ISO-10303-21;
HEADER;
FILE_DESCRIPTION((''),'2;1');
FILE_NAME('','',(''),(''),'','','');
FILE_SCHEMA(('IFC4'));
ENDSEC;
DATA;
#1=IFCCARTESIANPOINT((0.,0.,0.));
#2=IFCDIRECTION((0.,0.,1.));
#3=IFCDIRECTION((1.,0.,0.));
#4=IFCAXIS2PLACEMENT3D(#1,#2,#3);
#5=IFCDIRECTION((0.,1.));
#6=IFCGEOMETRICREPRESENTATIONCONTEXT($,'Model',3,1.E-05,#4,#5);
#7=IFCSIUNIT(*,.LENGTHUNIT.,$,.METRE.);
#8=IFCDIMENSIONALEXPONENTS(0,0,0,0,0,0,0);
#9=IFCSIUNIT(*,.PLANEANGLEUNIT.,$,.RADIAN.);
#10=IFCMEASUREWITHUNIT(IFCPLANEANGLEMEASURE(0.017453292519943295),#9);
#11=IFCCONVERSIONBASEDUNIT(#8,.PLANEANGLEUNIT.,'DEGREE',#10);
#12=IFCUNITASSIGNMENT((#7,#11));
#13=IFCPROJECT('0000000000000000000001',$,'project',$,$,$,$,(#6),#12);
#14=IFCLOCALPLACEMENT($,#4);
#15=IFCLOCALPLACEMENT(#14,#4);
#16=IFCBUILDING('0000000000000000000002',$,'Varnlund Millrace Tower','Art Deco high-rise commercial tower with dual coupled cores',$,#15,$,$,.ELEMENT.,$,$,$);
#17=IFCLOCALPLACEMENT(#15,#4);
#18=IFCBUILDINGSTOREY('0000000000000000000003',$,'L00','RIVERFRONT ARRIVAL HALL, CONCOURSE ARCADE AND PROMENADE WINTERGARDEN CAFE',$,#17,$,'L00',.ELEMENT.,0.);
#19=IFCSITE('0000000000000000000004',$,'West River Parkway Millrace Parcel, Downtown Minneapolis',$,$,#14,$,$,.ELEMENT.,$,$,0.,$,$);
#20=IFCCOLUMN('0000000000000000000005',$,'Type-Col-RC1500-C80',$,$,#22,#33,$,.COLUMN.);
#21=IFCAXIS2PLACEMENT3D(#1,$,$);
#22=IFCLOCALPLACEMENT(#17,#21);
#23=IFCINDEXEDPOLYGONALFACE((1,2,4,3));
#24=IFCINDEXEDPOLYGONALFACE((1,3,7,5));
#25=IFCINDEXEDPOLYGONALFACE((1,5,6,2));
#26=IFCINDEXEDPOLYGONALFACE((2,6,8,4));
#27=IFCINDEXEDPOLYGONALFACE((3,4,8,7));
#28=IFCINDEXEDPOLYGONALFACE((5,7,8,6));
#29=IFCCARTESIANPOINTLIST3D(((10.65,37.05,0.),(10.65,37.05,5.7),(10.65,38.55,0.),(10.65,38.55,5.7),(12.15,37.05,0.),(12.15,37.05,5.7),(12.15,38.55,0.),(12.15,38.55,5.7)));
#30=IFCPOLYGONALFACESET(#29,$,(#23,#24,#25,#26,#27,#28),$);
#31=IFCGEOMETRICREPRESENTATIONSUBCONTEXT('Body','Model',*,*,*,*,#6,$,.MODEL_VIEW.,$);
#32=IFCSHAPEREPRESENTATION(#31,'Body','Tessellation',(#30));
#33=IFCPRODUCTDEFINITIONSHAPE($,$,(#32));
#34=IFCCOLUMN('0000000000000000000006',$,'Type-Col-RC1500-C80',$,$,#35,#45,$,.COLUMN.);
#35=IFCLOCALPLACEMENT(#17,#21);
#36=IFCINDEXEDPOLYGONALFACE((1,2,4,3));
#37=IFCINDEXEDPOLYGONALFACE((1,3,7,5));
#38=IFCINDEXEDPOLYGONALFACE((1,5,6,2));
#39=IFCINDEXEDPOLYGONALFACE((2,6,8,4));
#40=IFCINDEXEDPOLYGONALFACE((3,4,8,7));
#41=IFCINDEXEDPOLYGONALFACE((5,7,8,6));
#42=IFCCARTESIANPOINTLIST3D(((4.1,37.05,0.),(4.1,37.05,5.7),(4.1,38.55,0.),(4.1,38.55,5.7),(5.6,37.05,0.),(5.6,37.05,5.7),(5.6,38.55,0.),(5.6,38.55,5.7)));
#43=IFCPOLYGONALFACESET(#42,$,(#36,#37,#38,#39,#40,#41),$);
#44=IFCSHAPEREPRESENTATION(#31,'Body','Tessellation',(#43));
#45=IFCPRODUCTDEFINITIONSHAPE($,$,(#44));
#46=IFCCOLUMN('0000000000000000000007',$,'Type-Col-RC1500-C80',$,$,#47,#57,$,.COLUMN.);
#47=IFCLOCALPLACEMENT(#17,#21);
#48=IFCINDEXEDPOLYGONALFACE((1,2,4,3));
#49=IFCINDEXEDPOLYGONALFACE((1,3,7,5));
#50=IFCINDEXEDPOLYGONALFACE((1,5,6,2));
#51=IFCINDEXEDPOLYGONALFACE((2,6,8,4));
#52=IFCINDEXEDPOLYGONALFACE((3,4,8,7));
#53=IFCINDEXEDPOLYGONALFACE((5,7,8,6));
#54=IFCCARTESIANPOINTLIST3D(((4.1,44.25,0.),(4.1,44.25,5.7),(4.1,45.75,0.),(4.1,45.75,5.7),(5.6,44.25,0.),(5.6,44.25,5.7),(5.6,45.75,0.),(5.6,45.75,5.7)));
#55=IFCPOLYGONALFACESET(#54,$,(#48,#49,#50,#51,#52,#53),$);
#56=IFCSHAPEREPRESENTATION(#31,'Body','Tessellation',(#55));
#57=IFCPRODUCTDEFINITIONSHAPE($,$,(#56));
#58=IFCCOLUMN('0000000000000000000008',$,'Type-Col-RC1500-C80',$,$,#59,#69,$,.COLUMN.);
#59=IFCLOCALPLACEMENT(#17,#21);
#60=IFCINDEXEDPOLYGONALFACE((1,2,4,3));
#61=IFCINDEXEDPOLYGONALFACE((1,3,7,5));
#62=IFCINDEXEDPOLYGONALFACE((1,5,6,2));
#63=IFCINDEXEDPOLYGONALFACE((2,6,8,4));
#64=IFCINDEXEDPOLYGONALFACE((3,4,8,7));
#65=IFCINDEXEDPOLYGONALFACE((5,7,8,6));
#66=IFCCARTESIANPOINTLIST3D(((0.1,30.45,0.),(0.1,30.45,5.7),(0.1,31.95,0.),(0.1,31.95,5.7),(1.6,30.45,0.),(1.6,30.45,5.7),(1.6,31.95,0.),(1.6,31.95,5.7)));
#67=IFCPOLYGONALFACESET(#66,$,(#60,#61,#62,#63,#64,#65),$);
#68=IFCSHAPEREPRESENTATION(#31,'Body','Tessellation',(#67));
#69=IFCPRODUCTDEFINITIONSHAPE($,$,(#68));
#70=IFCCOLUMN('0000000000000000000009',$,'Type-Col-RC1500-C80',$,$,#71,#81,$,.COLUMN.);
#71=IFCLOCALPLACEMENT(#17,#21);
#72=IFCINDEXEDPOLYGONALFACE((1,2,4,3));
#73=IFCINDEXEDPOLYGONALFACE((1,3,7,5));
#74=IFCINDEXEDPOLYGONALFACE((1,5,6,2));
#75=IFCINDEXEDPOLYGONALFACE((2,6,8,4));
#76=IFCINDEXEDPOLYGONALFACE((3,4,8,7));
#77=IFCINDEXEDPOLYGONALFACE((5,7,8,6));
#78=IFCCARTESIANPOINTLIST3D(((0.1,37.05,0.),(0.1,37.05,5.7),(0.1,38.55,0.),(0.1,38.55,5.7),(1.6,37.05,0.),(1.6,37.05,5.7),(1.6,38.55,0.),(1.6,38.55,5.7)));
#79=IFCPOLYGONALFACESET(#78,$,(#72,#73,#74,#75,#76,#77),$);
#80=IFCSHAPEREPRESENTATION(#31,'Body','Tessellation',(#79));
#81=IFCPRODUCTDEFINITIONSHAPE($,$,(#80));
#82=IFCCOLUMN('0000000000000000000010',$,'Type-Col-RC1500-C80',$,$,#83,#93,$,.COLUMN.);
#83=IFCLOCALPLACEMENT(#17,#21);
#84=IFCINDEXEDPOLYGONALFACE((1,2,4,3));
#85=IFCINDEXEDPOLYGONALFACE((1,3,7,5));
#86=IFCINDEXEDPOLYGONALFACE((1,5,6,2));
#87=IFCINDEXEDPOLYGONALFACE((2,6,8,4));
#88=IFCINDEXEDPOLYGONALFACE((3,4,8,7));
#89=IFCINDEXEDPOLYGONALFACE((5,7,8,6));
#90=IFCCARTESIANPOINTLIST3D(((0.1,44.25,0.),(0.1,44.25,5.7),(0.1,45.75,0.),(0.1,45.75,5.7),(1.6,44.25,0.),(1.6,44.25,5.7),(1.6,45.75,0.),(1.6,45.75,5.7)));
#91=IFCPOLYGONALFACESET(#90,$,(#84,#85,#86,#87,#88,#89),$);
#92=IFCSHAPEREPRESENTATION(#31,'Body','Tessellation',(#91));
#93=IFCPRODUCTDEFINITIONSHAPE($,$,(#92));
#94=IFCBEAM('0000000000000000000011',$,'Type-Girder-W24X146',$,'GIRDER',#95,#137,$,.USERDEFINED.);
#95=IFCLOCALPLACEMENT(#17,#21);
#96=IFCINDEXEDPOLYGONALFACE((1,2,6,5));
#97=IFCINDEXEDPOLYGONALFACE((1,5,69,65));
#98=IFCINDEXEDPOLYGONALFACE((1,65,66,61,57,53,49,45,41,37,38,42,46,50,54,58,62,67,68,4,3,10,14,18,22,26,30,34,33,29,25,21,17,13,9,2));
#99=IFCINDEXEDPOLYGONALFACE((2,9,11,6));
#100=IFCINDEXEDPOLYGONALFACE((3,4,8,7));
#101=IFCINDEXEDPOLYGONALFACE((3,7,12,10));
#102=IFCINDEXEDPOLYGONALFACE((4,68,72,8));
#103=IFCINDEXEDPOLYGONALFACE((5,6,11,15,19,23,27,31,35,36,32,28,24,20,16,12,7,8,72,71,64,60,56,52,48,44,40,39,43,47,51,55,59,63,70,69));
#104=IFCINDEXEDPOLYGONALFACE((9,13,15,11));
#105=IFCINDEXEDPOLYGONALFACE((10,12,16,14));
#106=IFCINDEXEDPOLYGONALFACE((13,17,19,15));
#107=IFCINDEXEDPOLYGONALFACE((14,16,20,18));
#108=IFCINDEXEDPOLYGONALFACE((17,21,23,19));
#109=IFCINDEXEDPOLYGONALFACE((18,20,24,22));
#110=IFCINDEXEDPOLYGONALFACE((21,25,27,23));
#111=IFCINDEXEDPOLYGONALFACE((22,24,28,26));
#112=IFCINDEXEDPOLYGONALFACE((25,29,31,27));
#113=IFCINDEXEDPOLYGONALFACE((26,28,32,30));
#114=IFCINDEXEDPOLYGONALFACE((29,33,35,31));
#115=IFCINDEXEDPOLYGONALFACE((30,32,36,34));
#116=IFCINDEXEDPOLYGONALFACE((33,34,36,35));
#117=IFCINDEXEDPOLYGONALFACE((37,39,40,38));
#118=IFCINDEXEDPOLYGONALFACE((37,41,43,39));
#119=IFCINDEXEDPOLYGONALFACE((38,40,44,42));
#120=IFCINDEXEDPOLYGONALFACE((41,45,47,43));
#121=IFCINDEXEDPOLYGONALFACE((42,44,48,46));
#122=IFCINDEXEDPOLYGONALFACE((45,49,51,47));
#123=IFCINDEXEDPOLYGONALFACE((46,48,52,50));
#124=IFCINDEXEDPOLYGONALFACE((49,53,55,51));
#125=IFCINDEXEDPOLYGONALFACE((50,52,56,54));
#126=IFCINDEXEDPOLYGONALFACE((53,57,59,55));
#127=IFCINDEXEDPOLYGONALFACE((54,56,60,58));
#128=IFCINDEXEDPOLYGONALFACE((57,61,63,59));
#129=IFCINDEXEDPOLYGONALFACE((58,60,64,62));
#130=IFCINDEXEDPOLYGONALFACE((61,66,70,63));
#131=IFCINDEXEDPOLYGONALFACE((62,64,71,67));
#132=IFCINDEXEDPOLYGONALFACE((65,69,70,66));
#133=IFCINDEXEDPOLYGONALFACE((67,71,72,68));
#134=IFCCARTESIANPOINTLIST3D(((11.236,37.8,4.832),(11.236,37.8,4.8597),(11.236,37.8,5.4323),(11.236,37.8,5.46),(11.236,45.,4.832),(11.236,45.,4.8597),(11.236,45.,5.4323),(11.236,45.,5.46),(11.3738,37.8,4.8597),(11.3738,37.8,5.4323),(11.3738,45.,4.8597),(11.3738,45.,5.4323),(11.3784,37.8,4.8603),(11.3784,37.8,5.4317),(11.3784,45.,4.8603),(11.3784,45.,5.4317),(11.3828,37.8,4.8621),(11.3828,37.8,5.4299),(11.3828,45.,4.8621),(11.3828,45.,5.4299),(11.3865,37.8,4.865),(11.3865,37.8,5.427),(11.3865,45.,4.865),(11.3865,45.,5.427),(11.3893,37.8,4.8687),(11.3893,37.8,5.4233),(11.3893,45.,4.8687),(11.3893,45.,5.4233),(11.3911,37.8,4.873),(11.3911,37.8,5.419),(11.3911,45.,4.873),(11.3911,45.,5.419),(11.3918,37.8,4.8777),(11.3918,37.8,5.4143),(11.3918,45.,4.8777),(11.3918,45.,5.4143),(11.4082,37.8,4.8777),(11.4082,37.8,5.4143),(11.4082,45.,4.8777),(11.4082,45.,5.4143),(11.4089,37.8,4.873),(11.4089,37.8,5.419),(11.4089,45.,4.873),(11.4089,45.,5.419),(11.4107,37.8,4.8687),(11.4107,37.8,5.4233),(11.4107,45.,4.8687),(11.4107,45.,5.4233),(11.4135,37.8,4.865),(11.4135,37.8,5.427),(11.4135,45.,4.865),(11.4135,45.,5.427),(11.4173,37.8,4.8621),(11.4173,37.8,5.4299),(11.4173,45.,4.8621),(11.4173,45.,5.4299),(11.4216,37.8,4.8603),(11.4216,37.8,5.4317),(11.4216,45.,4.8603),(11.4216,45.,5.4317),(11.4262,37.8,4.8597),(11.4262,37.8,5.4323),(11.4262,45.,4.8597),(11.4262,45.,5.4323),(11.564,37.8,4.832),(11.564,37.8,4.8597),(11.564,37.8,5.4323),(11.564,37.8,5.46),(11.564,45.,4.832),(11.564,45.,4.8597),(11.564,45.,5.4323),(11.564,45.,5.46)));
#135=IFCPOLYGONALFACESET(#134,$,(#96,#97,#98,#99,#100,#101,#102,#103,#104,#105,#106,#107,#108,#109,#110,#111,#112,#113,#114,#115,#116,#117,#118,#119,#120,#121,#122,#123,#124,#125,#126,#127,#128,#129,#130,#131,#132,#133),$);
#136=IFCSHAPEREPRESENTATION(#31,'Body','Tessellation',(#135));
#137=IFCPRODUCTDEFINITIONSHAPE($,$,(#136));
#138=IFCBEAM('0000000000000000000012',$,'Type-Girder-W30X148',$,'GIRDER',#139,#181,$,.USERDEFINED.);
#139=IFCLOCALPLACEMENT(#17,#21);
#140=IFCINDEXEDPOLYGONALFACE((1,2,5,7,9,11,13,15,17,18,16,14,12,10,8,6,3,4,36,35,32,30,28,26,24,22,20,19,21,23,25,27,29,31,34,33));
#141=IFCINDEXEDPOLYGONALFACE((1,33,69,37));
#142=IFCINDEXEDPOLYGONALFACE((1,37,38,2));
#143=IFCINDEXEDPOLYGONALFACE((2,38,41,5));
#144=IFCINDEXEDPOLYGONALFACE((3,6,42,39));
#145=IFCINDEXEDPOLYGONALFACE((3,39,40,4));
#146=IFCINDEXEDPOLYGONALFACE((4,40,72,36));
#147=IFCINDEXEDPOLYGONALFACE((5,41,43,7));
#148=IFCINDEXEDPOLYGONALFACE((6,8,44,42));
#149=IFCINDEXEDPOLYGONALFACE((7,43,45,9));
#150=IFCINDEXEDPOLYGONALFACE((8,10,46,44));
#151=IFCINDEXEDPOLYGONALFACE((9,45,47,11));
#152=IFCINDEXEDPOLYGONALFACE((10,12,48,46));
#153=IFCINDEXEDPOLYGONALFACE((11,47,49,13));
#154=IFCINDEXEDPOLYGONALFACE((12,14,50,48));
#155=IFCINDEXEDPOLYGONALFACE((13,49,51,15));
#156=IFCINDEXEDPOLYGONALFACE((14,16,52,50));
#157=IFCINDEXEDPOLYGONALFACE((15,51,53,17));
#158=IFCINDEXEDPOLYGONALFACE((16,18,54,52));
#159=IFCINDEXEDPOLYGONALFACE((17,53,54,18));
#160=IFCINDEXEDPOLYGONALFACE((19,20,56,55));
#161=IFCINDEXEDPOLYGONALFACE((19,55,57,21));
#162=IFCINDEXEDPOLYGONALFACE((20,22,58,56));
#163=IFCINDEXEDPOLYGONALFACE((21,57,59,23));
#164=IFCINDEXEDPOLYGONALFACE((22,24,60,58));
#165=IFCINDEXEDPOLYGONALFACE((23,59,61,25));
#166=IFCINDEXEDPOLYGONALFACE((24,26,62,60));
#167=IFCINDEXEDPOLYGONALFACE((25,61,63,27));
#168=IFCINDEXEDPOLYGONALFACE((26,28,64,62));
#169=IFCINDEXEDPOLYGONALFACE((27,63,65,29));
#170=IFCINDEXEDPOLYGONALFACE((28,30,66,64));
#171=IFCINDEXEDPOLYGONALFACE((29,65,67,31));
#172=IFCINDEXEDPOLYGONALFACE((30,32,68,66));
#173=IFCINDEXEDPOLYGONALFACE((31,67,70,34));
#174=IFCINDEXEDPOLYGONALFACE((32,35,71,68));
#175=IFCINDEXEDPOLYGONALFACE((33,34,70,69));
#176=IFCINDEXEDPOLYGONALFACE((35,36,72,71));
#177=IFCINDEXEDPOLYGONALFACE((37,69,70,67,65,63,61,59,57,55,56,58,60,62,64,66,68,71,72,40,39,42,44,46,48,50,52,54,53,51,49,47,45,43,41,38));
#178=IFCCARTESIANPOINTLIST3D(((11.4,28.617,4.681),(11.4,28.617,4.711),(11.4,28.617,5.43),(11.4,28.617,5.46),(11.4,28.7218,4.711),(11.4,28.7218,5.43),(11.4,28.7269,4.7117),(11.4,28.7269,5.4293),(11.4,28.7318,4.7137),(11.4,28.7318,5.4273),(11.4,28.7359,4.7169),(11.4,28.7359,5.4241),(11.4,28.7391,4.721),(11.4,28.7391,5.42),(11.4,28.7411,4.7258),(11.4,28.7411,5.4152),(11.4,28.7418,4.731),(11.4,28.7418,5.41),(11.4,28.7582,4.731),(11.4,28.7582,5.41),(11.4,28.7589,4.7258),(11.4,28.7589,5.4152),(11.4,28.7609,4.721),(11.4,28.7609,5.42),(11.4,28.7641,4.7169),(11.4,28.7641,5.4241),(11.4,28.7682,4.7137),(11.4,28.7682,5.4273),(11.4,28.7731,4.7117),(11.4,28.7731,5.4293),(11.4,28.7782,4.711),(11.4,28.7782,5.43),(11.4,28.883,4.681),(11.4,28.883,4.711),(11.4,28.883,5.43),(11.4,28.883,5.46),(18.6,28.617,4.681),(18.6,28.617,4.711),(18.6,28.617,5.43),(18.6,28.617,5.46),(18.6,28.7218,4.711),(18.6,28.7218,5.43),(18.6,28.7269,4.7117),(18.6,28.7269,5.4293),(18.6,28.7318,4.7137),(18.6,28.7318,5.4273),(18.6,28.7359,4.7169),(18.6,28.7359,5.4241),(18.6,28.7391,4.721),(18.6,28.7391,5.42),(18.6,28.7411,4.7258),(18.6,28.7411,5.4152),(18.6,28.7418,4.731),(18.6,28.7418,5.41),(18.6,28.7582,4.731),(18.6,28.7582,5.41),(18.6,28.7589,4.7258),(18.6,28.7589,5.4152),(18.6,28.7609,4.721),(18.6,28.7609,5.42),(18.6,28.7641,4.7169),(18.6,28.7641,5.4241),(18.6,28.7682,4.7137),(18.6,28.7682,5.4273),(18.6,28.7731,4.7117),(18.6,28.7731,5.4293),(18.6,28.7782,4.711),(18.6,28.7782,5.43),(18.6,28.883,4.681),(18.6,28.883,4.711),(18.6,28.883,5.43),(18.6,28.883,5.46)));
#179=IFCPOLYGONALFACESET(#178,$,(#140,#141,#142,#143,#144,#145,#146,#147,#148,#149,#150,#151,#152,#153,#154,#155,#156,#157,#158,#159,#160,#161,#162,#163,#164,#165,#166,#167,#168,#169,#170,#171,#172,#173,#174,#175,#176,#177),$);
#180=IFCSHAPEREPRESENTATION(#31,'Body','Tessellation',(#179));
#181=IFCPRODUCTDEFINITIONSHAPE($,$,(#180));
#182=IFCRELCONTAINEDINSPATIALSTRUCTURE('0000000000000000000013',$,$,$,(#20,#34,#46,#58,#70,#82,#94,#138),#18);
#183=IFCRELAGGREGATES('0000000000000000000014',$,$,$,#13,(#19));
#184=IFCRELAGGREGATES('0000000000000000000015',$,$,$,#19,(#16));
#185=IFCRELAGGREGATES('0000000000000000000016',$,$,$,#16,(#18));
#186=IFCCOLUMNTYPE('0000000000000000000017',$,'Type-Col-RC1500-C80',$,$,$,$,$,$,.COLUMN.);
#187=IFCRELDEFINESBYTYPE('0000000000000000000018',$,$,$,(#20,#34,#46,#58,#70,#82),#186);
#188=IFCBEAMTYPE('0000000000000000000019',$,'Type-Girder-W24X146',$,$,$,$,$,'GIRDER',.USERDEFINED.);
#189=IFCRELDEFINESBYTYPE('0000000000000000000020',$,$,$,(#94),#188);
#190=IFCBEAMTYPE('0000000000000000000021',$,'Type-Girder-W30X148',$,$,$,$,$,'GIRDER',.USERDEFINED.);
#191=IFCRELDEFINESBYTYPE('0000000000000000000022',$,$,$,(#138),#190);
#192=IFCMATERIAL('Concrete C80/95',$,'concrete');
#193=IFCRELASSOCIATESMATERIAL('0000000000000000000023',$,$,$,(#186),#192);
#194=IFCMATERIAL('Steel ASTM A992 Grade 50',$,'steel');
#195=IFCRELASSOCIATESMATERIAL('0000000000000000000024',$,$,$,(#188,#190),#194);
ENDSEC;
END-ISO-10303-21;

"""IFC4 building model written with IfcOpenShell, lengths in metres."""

from ifc_helpers import new_model, entity, si_unit, converted_unit, direction, frame, origin_with_axes, origin_2d_with_axis, place, context, subcontext, project, spatial, rectangle, i_section, extrude, material, material_profile, profile_set, type_object, element, save


model = new_model("IFC4")

# Units and contexts
model_context = context("Model", 3, precision=1e-05, world=origin_with_axes(), true_north=direction((0.0, 1.0)))
body_context = subcontext(model_context, "Body", "Model", "MODEL_VIEW")
ifc_project = project(units=[si_unit("LENGTHUNIT", "METRE"), converted_unit("PLANEANGLEUNIT", "DEGREE", entity("IfcPlaneAngleMeasure", 0.017453292519943295), si_unit("PLANEANGLEUNIT", "RADIAN"), dimensions=[0, 0, 0, 0, 0, 0, 0])], contexts=[model_context])

# Site, building, storey
site_placement = place(None, origin_with_axes())
site = spatial("IfcSite", under=ifc_project, at=site_placement, Name="West River Parkway Millrace Parcel, Downtown Minneapolis", CompositionType="ELEMENT", RefElevation=0.0)
building_placement = place(site_placement, origin_with_axes())
building = spatial("IfcBuilding", under=site, at=building_placement, Name="Varnlund Millrace Tower", Description="Art Deco high-rise commercial tower with dual coupled cores", CompositionType="ELEMENT")
storey_placement = place(building_placement, origin_with_axes())
storey = spatial("IfcBuildingStorey", under=building, at=storey_placement, Name="L00", Description="RIVERFRONT ARRIVAL HALL, CONCOURSE ARCADE AND PROMENADE WINTERGARDEN CAFE", LongName="L00", CompositionType="ELEMENT", Elevation=0.0)

# Columns
ifc_material_1 = material(Name="Concrete C80/95", Category="concrete")
ifc_material_profile_1 = material_profile(ifc_material_1, rectangle(XDim=1.5, YDim=1.5, at=origin_2d_with_axis()), Name="Concrete C80/95")
ifc_profile_set_1 = profile_set([ifc_material_profile_1], Name="Concrete C80/95")
column_type = type_object("IfcColumnType", Name="Type-Col-RC1500-C80", PredefinedType="COLUMN", material=ifc_profile_set_1)
for number, where, z_axis, x_axis, name in (
    (1, (11.4, 37.8, 0.0), (0.0, 0.0, 1.0), (1.0, 0.0, 0.0), "Type-Col-RC1500-C80"),
    (2, (4.85, 37.8, 0.0), (0.0, 0.0, 1.0), (1.0, 0.0, 0.0), "Type-Col-RC1500-C80"),
    (3, (4.85, 45.0, 0.0), (0.0, 0.0, 1.0), (1.0, 0.0, 0.0), "Type-Col-RC1500-C80"),
    (4, (0.85, 31.2, 0.0), (0.0, 0.0, 1.0), (1.0, 0.0, 0.0), "Type-Col-RC1500-C80"),
    (5, (0.85, 37.8, 0.0), (0.0, 0.0, 1.0), (1.0, 0.0, 0.0), "Type-Col-RC1500-C80"),
    (6, (0.85, 45.0, 0.0), (0.0, 0.0, 1.0), (1.0, 0.0, 0.0), "Type-Col-RC1500-C80"),
):
    element("IfcColumn", number, at=place(storey_placement, frame(where, z_axis=z_axis, x_axis=x_axis)), inside=storey, type_object=column_type, Name=name, PredefinedType="COLUMN", context=body_context, shape_type="SweptSolid", body=[
        extrude(rectangle(XDim=1.5, YDim=1.5, at=origin_2d_with_axis()), origin_with_axes(), (0.0, 0.0, 1.0), 5.7),
    ])

# Beams
ifc_material_2 = material(Name="Steel ASTM A992 Grade 50", Category="steel")
ifc_material_profile_2 = material_profile(ifc_material_2, i_section(OverallWidth=0.328, OverallDepth=0.628, WebThickness=0.0165, FlangeThickness=0.0277, FilletRadius=0.018, at=origin_2d_with_axis()), Name="Steel ASTM A992 Grade 50")
ifc_profile_set_2 = profile_set([ifc_material_profile_2], Name="Steel ASTM A992 Grade 50")
beam_type_1 = type_object("IfcBeamType", Name="Type-Girder-W24X146", ElementType="GIRDER", PredefinedType="USERDEFINED", material=ifc_profile_set_2)
beam_1_placement = place(storey_placement, frame((11.4, 37.8, 5.146), z_axis=(0.0, 1.0, 0.0), x_axis=(-1.0, 0.0, 0.0)))
element("IfcBeam", 7, at=beam_1_placement, inside=storey, type_object=beam_type_1, Name="Type-Girder-W24X146", ObjectType="GIRDER", PredefinedType="USERDEFINED", context=body_context, shape_type="SweptSolid", body=[
    extrude(i_section(OverallWidth=0.328, OverallDepth=0.628, WebThickness=0.0165, FlangeThickness=0.0277, FilletRadius=0.018, at=origin_2d_with_axis()), origin_with_axes(), (0.0, 0.0, 1.0), 7.2),
])
ifc_material_profile_3 = material_profile(ifc_material_2, i_section(OverallWidth=0.266, OverallDepth=0.779, WebThickness=0.0165, FlangeThickness=0.03, FilletRadius=0.02, at=origin_2d_with_axis()), Name="Steel ASTM A992 Grade 50")
ifc_profile_set_3 = profile_set([ifc_material_profile_3], Name="Steel ASTM A992 Grade 50")
beam_type_2 = type_object("IfcBeamType", Name="Type-Girder-W30X148", ElementType="GIRDER", PredefinedType="USERDEFINED", material=ifc_profile_set_3)
beam_2_placement = place(storey_placement, frame((11.4, 28.75, 5.0705), z_axis=(1.0, 0.0, 0.0), x_axis=(0.0, 1.0, 0.0)))
element("IfcBeam", 8, at=beam_2_placement, inside=storey, type_object=beam_type_2, Name="Type-Girder-W30X148", ObjectType="GIRDER", PredefinedType="USERDEFINED", context=body_context, shape_type="SweptSolid", body=[
    extrude(i_section(OverallWidth=0.266, OverallDepth=0.779, WebThickness=0.0165, FlangeThickness=0.03, FilletRadius=0.02, at=origin_2d_with_axis()), origin_with_axes(), (0.0, 0.0, 1.0), 7.2),
])

save(model, "model.ifc")
